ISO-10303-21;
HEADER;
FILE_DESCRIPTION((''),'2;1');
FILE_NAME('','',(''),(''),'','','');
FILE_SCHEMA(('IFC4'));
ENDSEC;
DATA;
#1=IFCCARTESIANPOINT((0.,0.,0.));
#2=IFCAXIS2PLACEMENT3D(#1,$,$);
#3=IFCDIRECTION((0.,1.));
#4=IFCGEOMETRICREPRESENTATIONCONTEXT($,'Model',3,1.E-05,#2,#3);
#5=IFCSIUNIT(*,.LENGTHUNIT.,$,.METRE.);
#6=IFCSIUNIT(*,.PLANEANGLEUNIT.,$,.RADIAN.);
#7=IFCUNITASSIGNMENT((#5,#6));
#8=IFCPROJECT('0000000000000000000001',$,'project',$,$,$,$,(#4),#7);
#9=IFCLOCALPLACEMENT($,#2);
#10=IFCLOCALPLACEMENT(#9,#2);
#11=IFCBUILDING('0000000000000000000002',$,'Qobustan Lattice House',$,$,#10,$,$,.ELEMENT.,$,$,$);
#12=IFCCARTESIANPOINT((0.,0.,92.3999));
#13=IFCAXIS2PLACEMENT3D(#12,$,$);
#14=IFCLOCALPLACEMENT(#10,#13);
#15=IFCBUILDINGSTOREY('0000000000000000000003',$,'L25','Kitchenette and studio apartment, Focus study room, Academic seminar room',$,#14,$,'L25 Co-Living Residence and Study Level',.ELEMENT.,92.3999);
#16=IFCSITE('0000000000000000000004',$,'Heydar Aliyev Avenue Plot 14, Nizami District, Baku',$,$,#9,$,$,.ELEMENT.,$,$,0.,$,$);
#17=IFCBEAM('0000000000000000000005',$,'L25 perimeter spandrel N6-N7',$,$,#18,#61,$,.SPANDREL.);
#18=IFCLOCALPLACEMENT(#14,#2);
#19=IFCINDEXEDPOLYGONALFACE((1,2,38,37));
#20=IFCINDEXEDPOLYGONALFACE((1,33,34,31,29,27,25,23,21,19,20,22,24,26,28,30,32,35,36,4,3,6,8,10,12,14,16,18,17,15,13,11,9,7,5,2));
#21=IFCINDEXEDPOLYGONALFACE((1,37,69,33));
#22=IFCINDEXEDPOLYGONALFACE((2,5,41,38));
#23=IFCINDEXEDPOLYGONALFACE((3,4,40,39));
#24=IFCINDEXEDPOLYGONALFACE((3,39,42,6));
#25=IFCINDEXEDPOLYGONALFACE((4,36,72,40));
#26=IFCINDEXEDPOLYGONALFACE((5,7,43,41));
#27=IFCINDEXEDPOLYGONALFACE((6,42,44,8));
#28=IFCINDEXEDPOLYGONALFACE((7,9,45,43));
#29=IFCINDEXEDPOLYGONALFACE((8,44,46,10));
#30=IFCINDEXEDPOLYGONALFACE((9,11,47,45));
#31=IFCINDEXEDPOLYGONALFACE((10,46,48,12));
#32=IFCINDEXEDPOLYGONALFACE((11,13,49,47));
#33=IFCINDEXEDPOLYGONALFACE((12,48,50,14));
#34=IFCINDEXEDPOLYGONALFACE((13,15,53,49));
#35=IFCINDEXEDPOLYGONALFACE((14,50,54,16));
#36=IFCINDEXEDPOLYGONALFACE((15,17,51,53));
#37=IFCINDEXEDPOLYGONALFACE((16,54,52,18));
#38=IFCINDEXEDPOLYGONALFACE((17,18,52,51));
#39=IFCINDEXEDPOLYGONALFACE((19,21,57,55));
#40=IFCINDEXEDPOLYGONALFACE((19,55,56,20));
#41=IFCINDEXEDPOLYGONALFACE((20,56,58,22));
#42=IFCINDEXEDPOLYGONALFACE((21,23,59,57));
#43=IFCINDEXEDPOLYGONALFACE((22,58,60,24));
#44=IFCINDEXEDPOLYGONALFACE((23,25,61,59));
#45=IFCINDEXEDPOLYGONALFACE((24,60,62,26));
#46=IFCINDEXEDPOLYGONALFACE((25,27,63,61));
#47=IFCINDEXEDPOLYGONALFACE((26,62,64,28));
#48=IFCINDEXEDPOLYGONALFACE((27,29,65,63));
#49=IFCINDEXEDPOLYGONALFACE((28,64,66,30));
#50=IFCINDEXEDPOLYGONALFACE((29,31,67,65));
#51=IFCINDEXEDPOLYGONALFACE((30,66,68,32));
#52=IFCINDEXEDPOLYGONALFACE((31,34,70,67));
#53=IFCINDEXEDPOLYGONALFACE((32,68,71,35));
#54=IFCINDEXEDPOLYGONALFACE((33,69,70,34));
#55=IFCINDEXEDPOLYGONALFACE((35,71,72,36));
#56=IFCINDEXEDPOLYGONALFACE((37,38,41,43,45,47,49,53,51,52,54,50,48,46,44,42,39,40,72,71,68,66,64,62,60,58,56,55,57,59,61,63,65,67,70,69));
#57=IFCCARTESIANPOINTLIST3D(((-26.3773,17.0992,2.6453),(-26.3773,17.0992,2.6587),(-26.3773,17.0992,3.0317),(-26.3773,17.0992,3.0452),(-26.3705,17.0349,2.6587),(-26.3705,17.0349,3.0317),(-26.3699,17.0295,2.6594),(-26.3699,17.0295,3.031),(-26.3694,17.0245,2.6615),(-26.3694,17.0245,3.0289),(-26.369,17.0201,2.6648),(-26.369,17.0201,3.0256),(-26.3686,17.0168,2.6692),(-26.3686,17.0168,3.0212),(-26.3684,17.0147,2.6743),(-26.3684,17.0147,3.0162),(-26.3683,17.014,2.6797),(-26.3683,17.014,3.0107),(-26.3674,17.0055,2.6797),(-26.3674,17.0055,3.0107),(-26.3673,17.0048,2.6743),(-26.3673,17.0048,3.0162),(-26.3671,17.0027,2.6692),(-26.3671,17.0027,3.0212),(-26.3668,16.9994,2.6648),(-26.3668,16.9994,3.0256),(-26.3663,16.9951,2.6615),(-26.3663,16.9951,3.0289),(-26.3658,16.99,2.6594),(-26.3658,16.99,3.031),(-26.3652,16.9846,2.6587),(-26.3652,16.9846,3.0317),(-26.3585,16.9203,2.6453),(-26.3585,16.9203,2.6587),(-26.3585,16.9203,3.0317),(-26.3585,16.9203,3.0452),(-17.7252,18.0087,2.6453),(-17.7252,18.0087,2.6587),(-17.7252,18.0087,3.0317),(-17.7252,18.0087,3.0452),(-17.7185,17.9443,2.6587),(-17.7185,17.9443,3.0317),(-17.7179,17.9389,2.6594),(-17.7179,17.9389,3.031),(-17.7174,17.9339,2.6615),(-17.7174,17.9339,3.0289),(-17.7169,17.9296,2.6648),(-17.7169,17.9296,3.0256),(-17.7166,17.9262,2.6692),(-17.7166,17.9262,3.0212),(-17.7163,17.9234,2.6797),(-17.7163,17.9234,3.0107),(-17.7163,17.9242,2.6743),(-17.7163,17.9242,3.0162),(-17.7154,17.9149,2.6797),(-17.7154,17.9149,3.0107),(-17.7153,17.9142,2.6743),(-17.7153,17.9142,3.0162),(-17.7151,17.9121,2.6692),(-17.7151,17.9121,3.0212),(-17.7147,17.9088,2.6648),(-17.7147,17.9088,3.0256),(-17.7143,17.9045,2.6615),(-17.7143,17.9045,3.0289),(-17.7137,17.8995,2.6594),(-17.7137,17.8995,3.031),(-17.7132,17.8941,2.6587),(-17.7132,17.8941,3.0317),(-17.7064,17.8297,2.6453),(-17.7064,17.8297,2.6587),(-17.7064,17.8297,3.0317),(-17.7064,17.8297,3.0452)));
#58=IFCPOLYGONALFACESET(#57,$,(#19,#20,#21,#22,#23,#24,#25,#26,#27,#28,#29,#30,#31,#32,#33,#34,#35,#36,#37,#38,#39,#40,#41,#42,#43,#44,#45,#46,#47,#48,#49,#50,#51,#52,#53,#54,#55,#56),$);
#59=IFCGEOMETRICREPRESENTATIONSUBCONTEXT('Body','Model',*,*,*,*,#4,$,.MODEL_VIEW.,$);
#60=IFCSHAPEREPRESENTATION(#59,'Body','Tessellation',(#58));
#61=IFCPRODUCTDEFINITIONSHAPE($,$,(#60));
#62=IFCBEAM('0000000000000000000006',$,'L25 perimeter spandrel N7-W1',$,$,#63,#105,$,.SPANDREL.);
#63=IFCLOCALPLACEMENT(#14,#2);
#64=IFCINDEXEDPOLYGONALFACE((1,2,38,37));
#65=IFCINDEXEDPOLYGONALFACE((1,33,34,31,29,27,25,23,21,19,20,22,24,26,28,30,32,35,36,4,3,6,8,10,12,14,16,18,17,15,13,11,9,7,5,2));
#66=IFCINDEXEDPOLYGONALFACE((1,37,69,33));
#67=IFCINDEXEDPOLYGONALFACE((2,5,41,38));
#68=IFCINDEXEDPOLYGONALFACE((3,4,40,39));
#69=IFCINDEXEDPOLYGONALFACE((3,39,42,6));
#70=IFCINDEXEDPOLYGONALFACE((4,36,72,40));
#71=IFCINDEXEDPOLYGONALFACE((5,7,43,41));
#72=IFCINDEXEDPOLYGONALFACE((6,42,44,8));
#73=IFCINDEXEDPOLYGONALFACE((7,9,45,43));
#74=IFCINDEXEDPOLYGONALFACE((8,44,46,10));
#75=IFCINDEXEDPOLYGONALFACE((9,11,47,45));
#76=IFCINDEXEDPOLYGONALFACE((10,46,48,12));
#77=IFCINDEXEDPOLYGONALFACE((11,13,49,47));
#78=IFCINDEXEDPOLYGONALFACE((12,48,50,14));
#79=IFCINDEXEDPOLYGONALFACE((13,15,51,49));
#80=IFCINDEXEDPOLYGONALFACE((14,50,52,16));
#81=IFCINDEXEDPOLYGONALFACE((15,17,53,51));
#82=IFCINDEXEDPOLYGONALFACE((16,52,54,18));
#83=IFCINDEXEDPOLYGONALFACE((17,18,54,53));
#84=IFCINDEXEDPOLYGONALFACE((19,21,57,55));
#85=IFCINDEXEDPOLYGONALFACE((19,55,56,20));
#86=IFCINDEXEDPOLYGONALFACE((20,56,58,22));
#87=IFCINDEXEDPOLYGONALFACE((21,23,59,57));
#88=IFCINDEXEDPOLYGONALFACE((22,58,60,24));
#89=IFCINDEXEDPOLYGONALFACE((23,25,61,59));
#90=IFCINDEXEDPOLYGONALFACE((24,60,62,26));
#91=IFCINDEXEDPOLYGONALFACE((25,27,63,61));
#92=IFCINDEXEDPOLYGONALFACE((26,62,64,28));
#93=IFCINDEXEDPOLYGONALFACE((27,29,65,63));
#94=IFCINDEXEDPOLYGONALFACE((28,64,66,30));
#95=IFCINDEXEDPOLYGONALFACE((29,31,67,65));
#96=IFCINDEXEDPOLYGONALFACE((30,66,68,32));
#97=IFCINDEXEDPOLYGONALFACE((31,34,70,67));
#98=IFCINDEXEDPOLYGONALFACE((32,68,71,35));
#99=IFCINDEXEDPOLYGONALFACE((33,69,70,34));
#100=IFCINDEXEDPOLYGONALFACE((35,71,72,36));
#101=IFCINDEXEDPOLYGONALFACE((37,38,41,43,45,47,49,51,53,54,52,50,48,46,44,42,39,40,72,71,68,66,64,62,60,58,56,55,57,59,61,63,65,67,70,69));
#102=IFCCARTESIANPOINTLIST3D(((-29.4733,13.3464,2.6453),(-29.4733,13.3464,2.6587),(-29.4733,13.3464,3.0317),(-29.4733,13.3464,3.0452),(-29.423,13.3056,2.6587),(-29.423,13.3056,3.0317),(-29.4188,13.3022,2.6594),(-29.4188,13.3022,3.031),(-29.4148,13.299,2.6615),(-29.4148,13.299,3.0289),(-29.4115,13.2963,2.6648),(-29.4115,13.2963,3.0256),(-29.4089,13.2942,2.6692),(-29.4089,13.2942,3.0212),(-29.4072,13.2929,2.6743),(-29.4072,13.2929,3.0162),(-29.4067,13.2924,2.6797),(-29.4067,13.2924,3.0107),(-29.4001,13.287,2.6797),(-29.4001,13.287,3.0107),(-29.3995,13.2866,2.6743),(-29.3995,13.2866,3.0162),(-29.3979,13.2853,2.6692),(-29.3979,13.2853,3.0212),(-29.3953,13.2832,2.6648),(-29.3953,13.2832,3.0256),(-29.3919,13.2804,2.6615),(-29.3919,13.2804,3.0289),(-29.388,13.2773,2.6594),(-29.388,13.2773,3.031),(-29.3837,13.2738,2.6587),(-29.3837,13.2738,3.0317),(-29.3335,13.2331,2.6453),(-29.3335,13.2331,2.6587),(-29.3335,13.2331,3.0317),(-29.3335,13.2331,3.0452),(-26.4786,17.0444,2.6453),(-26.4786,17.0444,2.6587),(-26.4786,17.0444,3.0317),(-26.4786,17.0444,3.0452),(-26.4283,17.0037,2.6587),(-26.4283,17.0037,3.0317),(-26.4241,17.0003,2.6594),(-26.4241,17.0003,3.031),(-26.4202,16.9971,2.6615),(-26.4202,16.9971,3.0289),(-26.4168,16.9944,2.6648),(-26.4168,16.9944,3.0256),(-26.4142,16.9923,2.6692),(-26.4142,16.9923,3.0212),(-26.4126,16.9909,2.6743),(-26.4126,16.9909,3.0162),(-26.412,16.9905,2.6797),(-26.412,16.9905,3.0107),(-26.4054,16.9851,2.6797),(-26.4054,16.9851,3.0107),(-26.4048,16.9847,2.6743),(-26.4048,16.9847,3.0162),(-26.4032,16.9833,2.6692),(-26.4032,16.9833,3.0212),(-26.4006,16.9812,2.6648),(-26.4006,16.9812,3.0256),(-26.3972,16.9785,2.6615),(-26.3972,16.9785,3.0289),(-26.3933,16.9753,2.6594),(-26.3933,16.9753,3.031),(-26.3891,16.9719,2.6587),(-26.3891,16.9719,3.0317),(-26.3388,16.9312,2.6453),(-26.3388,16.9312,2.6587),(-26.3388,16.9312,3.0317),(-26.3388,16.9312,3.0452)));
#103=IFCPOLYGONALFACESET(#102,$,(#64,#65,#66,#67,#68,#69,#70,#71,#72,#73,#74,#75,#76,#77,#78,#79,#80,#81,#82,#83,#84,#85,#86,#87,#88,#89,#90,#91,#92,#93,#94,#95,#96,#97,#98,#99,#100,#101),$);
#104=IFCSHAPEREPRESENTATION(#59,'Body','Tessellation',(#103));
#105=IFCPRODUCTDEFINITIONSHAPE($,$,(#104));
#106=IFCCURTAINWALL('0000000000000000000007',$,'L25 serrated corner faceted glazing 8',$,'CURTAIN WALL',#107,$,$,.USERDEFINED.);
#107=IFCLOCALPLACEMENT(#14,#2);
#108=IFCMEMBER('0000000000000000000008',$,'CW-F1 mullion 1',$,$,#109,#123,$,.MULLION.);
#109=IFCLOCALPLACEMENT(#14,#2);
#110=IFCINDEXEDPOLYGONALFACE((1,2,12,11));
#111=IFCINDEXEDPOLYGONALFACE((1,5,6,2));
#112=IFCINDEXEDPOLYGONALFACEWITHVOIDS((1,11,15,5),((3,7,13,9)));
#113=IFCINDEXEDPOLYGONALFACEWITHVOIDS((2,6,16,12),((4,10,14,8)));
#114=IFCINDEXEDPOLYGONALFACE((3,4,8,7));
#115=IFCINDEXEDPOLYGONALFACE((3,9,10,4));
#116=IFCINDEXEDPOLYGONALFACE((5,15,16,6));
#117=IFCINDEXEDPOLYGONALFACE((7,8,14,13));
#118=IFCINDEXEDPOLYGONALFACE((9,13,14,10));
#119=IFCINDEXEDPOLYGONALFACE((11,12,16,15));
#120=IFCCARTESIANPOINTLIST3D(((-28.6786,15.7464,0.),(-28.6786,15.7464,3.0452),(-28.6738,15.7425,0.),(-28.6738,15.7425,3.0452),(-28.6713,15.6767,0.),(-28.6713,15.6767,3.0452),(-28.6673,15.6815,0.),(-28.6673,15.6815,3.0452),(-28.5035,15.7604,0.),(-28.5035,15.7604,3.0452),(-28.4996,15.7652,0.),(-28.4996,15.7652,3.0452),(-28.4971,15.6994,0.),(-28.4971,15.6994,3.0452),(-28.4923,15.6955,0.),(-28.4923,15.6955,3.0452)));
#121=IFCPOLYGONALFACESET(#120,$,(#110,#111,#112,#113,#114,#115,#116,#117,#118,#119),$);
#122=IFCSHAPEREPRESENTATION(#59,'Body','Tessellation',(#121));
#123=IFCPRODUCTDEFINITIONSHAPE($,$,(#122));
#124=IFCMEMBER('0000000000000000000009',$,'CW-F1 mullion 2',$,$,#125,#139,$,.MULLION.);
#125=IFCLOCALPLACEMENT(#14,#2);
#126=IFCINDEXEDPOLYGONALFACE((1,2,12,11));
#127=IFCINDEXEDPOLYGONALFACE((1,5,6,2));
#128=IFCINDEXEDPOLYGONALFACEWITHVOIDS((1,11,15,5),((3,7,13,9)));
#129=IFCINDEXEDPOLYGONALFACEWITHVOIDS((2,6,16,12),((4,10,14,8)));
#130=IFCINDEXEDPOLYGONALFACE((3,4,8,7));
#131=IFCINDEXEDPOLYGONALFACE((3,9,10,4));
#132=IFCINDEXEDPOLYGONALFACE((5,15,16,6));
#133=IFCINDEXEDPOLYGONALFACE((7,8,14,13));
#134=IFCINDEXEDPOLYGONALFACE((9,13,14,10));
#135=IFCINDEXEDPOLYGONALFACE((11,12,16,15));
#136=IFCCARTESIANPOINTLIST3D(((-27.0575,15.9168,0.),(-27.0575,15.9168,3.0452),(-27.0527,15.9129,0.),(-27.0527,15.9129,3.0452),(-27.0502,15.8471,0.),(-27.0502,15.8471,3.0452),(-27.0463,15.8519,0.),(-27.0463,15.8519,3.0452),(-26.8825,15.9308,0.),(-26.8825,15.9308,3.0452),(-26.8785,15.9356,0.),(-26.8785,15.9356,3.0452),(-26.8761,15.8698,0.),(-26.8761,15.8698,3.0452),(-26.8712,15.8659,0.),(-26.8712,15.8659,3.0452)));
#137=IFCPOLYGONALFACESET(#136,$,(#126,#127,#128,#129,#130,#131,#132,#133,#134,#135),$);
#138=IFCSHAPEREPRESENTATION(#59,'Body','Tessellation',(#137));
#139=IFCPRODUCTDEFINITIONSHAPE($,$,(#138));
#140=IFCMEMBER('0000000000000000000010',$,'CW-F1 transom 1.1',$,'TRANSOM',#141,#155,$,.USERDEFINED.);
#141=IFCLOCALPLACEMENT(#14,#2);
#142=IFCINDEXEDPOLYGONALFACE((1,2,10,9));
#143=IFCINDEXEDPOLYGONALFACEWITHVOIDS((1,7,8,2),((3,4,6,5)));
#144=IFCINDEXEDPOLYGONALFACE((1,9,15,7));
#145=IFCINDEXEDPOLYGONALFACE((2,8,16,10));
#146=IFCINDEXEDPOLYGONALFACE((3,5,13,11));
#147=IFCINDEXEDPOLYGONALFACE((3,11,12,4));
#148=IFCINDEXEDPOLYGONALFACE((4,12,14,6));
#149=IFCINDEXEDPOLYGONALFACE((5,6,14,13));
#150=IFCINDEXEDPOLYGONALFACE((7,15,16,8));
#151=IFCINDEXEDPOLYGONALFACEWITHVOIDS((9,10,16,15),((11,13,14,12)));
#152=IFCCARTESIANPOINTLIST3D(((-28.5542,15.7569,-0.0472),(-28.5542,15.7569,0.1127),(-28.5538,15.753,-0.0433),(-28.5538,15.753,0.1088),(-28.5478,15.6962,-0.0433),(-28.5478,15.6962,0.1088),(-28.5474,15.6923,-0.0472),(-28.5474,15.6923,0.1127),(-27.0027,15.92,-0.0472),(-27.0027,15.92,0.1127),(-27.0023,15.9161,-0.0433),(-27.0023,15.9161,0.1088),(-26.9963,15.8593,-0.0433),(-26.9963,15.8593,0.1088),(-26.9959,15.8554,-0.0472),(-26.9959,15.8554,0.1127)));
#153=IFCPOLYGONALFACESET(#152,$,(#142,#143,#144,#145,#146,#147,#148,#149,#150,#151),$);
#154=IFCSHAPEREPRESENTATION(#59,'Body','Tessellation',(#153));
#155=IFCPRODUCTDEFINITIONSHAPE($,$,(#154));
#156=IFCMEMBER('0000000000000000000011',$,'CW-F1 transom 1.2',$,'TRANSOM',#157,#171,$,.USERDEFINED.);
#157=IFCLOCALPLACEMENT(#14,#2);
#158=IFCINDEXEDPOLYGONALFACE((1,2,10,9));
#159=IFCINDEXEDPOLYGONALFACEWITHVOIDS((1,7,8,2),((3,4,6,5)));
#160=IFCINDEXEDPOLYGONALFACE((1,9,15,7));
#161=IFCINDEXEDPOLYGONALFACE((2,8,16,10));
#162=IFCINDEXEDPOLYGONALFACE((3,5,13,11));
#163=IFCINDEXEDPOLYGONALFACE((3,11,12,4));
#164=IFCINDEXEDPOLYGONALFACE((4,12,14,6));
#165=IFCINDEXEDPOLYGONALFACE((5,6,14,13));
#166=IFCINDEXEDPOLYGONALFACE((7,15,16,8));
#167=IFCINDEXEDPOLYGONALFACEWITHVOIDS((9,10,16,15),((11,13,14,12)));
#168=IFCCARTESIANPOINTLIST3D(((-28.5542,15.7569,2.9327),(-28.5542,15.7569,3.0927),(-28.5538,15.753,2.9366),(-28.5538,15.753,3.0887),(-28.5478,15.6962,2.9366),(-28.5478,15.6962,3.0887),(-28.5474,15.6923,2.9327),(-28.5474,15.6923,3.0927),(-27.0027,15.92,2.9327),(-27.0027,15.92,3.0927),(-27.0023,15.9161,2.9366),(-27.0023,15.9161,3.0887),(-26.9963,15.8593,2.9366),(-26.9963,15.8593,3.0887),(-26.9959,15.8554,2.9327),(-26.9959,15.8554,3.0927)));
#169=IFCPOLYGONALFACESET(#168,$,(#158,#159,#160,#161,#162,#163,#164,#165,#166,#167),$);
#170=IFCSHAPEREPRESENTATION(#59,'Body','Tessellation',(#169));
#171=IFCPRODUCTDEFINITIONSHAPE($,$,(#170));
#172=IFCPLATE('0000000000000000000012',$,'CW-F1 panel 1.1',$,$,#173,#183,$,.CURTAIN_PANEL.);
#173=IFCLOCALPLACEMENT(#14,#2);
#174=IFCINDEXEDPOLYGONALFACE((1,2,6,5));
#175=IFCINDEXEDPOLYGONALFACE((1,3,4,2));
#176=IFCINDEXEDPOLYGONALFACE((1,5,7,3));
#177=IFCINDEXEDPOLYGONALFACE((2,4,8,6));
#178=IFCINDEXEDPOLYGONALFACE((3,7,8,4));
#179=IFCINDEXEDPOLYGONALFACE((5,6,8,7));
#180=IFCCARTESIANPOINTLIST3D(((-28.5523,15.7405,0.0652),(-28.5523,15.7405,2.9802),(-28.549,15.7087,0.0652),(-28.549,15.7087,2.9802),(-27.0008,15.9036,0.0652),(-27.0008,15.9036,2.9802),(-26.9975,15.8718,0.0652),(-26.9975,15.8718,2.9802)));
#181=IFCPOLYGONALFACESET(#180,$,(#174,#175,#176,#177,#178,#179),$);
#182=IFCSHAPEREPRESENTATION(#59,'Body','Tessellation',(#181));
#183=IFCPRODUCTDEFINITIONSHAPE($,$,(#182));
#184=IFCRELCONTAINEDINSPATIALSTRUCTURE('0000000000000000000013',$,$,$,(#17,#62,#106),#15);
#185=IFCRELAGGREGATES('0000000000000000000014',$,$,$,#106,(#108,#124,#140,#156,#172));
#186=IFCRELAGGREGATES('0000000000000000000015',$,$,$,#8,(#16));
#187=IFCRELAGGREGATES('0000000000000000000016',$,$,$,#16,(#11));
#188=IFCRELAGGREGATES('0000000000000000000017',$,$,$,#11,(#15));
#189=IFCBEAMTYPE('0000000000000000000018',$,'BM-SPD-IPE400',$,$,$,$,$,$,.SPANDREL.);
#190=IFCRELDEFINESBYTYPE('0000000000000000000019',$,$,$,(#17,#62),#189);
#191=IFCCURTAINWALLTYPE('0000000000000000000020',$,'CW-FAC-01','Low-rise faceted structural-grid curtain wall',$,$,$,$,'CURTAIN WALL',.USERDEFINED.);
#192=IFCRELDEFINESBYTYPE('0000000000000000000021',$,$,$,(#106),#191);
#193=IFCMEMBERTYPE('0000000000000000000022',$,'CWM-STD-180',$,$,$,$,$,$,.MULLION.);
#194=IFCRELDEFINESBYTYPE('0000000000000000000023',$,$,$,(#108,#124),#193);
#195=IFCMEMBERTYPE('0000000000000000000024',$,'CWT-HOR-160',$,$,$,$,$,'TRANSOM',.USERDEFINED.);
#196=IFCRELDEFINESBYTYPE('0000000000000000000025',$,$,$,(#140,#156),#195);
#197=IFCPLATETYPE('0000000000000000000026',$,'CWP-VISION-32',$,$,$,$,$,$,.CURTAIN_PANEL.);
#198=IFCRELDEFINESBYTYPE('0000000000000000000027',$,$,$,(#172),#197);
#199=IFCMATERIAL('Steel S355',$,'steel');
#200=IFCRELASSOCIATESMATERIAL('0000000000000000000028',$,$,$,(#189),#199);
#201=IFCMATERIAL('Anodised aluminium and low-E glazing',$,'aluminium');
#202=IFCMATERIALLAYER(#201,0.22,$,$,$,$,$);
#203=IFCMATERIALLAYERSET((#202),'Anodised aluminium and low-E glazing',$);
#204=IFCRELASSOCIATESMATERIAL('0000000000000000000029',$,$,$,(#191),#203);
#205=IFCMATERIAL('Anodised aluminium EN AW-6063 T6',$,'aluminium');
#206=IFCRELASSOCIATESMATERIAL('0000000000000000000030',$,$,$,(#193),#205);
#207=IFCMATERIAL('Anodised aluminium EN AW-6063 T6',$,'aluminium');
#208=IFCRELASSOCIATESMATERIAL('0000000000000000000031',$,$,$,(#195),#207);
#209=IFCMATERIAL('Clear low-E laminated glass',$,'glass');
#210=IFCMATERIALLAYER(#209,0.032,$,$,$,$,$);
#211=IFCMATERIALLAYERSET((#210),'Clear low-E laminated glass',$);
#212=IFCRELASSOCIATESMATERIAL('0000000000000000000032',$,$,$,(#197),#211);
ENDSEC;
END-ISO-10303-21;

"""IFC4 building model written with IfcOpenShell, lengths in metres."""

from ifc_helpers import new_model, si_unit, direction, frame, origin, origin_2d, place, context, subcontext, project, spatial, rectangle, hollow_rectangle, i_section, extrude, material, layer, layer_set, material_profile, profile_set, type_object, element, aggregate, save


model = new_model("IFC4")

# Units and contexts
model_context = context("Model", 3, precision=1e-05, world=origin(), true_north=direction((0.0, 1.0)))
body_context = subcontext(model_context, "Body", "Model", "MODEL_VIEW")
ifc_project = project(units=[si_unit("LENGTHUNIT", "METRE"), si_unit("PLANEANGLEUNIT", "RADIAN")], contexts=[model_context])

# Site, building, storey
site_placement = place(None, origin())
site = spatial("IfcSite", under=ifc_project, at=site_placement, Name="Heydar Aliyev Avenue Plot 14, Nizami District, Baku", CompositionType="ELEMENT", RefElevation=0.0)
building_placement = place(site_placement, origin())
building = spatial("IfcBuilding", under=site, at=building_placement, Name="Qobustan Lattice House", CompositionType="ELEMENT")
storey_placement = place(building_placement, frame((0.0, 0.0, 92.3999)))
storey = spatial("IfcBuildingStorey", under=building, at=storey_placement, Name="L25", Description="Kitchenette and studio apartment, Focus study room, Academic seminar room", LongName="L25 Co-Living Residence and Study Level", CompositionType="ELEMENT", Elevation=92.3999)

# Beams
ifc_material_1 = material(Name="Steel S355", Category="steel")
ifc_material_profile_1 = material_profile(ifc_material_1, i_section(OverallWidth=0.1799, OverallDepth=0.3999, WebThickness=0.0085, FlangeThickness=0.0134, FilletRadius=0.021, at=origin_2d()), Name="IPE400")
ifc_profile_set_1 = profile_set([ifc_material_profile_1], Name="Steel S355")
beam_type_1 = type_object("IfcBeamType", Name="BM-SPD-IPE400", PredefinedType="SPANDREL", material=ifc_profile_set_1)
beam_1_placement = place(storey_placement, frame((-17.7158, 17.9192, 2.8452), z_axis=(-0.994521, -0.104534, 0.0), x_axis=(0.104534, -0.994521, 0.0)))
element("IfcBeam", 1, at=beam_1_placement, inside=storey, type_object=beam_type_1, Name="L25 perimeter spandrel N6-N7", PredefinedType="SPANDREL", context=body_context, shape_type="SweptSolid", body=[
    extrude(i_section(OverallWidth=0.1799, OverallDepth=0.3999, WebThickness=0.0085, FlangeThickness=0.0134, FilletRadius=0.021, at=origin_2d()), origin(), (0.0, 0.0, 1.0), 8.6997),
])
beam_2_placement = place(storey_placement, frame((-26.4087, 16.9878, 2.8452), z_axis=(-0.629327, -0.777141, 0.0), x_axis=(0.777141, -0.629327, 0.0)))
element("IfcBeam", 2, at=beam_2_placement, inside=storey, type_object=beam_type_1, Name="L25 perimeter spandrel N7-W1", PredefinedType="SPANDREL", context=body_context, shape_type="SweptSolid", body=[
    extrude(i_section(OverallWidth=0.1799, OverallDepth=0.3999, WebThickness=0.0085, FlangeThickness=0.0134, FilletRadius=0.021, at=origin_2d()), origin(), (0.0, 0.0, 1.0), 4.7585),
])

# Curtain wall, members, plate
ifc_material_2 = material(Name="Anodised aluminium and low-E glazing", Category="aluminium")
ifc_layer_1 = layer(ifc_material_2, 0.22)
ifc_layer_set_1 = layer_set([ifc_layer_1], Name="Anodised aluminium and low-E glazing")
curtain_wall_type = type_object("IfcCurtainWallType", Name="CW-FAC-01", Description="Low-rise faceted structural-grid curtain wall", ElementType="CURTAIN WALL", PredefinedType="USERDEFINED", material=ifc_layer_set_1)
curtain_wall_placement = place(storey_placement, origin())
curtain_wall = element("IfcCurtainWall", 3, at=curtain_wall_placement, inside=storey, type_object=curtain_wall_type, Name="L25 serrated corner faceted glazing 8", ObjectType="CURTAIN WALL", PredefinedType="USERDEFINED")
ifc_material_3 = material(Name="Anodised aluminium EN AW-6063 T6", Category="aluminium")
ifc_material_profile_2 = material_profile(ifc_material_3, hollow_rectangle(XDim=0.0701, YDim=0.1799, WallThickness=0.0044, at=origin_2d()), Name="CWM-180x70")
ifc_profile_set_2 = profile_set([ifc_material_profile_2], Name="Anodised aluminium EN AW-6063 T6")
member_type_1 = type_object("IfcMemberType", Name="CWM-STD-180", PredefinedType="MULLION", material=ifc_profile_set_2)
member_1_placement = place(storey_placement, frame((-28.5854, 15.7209, 0.0), z_axis=(0.0, 0.0, 1.0), x_axis=(-0.104529, 0.994522, 0.0)))
member_1 = element("IfcMember", 4, at=member_1_placement, type_object=member_type_1, Name="CW-F1 mullion 1", PredefinedType="MULLION", context=body_context, shape_type="SweptSolid", body=[
    extrude(hollow_rectangle(XDim=0.0701, YDim=0.1799, WallThickness=0.0044, at=origin_2d()), origin(), (0.0, 0.0, 1.0), 3.0452),
])
member_2_placement = place(storey_placement, frame((-26.9644, 15.8914, 0.0), z_axis=(0.0, 0.0, 1.0), x_axis=(-0.104529, 0.994522, 0.0)))
member_2 = element("IfcMember", 5, at=member_2_placement, type_object=member_type_1, Name="CW-F1 mullion 2", PredefinedType="MULLION", context=body_context, shape_type="SweptSolid", body=[
    extrude(hollow_rectangle(XDim=0.0701, YDim=0.1799, WallThickness=0.0044, at=origin_2d()), origin(), (0.0, 0.0, 1.0), 3.0452),
])
ifc_material_4 = material(Name="Anodised aluminium EN AW-6063 T6", Category="aluminium")
ifc_material_profile_3 = material_profile(ifc_material_4, hollow_rectangle(XDim=0.0649, YDim=0.1599, WallThickness=0.0039, at=origin_2d()), Name="CWT-160x65")
ifc_profile_set_3 = profile_set([ifc_material_profile_3], Name="Anodised aluminium EN AW-6063 T6")
member_type_2 = type_object("IfcMemberType", Name="CWT-HOR-160", ElementType="TRANSOM", PredefinedType="USERDEFINED", material=ifc_profile_set_3)
member_3_placement = place(storey_placement, frame((-28.5508, 15.7246, 0.0327), z_axis=(0.994521, 0.104538, 0.0), x_axis=(-0.104538, 0.994521, 0.0)))
member_3 = element("IfcMember", 6, at=member_3_placement, type_object=member_type_2, Name="CW-F1 transom 1.1", ObjectType="TRANSOM", PredefinedType="USERDEFINED", context=body_context, shape_type="SweptSolid", body=[
    extrude(hollow_rectangle(XDim=0.0649, YDim=0.1599, WallThickness=0.0039, at=origin_2d()), origin(), (0.0, 0.0, 1.0), 1.5601),
])
member_4_placement = place(storey_placement, frame((-28.5508, 15.7246, 3.0127), z_axis=(0.994521, 0.104538, 0.0), x_axis=(-0.104538, 0.994521, 0.0)))
member_4 = element("IfcMember", 7, at=member_4_placement, type_object=member_type_2, Name="CW-F1 transom 1.2", ObjectType="TRANSOM", PredefinedType="USERDEFINED", context=body_context, shape_type="SweptSolid", body=[
    extrude(hollow_rectangle(XDim=0.0649, YDim=0.1599, WallThickness=0.0039, at=origin_2d()), origin(), (0.0, 0.0, 1.0), 1.5601),
])
ifc_material_5 = material(Name="Clear low-E laminated glass", Category="glass")
ifc_layer_2 = layer(ifc_material_5, 0.032)
ifc_layer_set_2 = layer_set([ifc_layer_2], Name="Clear low-E laminated glass")
plate_type_1 = type_object("IfcPlateType", Name="CWP-VISION-32", PredefinedType="CURTAIN_PANEL", material=ifc_layer_set_2)
plate_1_placement = place(storey_placement, frame((-27.7749, 15.8062, 0.0652), z_axis=(0.0, 0.0, 1.0), x_axis=(0.994522, 0.104529, 0.0)))
plate_1 = element("IfcPlate", 8, at=plate_1_placement, type_object=plate_type_1, Name="CW-F1 panel 1.1", PredefinedType="CURTAIN_PANEL", context=body_context, shape_type="SweptSolid", body=[
    extrude(rectangle(XDim=1.5601, YDim=0.032, at=origin_2d()), origin(), (0.0, 0.0, 1.0), 2.915),
])
aggregate(curtain_wall, [member_1, member_2, member_3, member_4, plate_1])

save(model, "model.ifc")
